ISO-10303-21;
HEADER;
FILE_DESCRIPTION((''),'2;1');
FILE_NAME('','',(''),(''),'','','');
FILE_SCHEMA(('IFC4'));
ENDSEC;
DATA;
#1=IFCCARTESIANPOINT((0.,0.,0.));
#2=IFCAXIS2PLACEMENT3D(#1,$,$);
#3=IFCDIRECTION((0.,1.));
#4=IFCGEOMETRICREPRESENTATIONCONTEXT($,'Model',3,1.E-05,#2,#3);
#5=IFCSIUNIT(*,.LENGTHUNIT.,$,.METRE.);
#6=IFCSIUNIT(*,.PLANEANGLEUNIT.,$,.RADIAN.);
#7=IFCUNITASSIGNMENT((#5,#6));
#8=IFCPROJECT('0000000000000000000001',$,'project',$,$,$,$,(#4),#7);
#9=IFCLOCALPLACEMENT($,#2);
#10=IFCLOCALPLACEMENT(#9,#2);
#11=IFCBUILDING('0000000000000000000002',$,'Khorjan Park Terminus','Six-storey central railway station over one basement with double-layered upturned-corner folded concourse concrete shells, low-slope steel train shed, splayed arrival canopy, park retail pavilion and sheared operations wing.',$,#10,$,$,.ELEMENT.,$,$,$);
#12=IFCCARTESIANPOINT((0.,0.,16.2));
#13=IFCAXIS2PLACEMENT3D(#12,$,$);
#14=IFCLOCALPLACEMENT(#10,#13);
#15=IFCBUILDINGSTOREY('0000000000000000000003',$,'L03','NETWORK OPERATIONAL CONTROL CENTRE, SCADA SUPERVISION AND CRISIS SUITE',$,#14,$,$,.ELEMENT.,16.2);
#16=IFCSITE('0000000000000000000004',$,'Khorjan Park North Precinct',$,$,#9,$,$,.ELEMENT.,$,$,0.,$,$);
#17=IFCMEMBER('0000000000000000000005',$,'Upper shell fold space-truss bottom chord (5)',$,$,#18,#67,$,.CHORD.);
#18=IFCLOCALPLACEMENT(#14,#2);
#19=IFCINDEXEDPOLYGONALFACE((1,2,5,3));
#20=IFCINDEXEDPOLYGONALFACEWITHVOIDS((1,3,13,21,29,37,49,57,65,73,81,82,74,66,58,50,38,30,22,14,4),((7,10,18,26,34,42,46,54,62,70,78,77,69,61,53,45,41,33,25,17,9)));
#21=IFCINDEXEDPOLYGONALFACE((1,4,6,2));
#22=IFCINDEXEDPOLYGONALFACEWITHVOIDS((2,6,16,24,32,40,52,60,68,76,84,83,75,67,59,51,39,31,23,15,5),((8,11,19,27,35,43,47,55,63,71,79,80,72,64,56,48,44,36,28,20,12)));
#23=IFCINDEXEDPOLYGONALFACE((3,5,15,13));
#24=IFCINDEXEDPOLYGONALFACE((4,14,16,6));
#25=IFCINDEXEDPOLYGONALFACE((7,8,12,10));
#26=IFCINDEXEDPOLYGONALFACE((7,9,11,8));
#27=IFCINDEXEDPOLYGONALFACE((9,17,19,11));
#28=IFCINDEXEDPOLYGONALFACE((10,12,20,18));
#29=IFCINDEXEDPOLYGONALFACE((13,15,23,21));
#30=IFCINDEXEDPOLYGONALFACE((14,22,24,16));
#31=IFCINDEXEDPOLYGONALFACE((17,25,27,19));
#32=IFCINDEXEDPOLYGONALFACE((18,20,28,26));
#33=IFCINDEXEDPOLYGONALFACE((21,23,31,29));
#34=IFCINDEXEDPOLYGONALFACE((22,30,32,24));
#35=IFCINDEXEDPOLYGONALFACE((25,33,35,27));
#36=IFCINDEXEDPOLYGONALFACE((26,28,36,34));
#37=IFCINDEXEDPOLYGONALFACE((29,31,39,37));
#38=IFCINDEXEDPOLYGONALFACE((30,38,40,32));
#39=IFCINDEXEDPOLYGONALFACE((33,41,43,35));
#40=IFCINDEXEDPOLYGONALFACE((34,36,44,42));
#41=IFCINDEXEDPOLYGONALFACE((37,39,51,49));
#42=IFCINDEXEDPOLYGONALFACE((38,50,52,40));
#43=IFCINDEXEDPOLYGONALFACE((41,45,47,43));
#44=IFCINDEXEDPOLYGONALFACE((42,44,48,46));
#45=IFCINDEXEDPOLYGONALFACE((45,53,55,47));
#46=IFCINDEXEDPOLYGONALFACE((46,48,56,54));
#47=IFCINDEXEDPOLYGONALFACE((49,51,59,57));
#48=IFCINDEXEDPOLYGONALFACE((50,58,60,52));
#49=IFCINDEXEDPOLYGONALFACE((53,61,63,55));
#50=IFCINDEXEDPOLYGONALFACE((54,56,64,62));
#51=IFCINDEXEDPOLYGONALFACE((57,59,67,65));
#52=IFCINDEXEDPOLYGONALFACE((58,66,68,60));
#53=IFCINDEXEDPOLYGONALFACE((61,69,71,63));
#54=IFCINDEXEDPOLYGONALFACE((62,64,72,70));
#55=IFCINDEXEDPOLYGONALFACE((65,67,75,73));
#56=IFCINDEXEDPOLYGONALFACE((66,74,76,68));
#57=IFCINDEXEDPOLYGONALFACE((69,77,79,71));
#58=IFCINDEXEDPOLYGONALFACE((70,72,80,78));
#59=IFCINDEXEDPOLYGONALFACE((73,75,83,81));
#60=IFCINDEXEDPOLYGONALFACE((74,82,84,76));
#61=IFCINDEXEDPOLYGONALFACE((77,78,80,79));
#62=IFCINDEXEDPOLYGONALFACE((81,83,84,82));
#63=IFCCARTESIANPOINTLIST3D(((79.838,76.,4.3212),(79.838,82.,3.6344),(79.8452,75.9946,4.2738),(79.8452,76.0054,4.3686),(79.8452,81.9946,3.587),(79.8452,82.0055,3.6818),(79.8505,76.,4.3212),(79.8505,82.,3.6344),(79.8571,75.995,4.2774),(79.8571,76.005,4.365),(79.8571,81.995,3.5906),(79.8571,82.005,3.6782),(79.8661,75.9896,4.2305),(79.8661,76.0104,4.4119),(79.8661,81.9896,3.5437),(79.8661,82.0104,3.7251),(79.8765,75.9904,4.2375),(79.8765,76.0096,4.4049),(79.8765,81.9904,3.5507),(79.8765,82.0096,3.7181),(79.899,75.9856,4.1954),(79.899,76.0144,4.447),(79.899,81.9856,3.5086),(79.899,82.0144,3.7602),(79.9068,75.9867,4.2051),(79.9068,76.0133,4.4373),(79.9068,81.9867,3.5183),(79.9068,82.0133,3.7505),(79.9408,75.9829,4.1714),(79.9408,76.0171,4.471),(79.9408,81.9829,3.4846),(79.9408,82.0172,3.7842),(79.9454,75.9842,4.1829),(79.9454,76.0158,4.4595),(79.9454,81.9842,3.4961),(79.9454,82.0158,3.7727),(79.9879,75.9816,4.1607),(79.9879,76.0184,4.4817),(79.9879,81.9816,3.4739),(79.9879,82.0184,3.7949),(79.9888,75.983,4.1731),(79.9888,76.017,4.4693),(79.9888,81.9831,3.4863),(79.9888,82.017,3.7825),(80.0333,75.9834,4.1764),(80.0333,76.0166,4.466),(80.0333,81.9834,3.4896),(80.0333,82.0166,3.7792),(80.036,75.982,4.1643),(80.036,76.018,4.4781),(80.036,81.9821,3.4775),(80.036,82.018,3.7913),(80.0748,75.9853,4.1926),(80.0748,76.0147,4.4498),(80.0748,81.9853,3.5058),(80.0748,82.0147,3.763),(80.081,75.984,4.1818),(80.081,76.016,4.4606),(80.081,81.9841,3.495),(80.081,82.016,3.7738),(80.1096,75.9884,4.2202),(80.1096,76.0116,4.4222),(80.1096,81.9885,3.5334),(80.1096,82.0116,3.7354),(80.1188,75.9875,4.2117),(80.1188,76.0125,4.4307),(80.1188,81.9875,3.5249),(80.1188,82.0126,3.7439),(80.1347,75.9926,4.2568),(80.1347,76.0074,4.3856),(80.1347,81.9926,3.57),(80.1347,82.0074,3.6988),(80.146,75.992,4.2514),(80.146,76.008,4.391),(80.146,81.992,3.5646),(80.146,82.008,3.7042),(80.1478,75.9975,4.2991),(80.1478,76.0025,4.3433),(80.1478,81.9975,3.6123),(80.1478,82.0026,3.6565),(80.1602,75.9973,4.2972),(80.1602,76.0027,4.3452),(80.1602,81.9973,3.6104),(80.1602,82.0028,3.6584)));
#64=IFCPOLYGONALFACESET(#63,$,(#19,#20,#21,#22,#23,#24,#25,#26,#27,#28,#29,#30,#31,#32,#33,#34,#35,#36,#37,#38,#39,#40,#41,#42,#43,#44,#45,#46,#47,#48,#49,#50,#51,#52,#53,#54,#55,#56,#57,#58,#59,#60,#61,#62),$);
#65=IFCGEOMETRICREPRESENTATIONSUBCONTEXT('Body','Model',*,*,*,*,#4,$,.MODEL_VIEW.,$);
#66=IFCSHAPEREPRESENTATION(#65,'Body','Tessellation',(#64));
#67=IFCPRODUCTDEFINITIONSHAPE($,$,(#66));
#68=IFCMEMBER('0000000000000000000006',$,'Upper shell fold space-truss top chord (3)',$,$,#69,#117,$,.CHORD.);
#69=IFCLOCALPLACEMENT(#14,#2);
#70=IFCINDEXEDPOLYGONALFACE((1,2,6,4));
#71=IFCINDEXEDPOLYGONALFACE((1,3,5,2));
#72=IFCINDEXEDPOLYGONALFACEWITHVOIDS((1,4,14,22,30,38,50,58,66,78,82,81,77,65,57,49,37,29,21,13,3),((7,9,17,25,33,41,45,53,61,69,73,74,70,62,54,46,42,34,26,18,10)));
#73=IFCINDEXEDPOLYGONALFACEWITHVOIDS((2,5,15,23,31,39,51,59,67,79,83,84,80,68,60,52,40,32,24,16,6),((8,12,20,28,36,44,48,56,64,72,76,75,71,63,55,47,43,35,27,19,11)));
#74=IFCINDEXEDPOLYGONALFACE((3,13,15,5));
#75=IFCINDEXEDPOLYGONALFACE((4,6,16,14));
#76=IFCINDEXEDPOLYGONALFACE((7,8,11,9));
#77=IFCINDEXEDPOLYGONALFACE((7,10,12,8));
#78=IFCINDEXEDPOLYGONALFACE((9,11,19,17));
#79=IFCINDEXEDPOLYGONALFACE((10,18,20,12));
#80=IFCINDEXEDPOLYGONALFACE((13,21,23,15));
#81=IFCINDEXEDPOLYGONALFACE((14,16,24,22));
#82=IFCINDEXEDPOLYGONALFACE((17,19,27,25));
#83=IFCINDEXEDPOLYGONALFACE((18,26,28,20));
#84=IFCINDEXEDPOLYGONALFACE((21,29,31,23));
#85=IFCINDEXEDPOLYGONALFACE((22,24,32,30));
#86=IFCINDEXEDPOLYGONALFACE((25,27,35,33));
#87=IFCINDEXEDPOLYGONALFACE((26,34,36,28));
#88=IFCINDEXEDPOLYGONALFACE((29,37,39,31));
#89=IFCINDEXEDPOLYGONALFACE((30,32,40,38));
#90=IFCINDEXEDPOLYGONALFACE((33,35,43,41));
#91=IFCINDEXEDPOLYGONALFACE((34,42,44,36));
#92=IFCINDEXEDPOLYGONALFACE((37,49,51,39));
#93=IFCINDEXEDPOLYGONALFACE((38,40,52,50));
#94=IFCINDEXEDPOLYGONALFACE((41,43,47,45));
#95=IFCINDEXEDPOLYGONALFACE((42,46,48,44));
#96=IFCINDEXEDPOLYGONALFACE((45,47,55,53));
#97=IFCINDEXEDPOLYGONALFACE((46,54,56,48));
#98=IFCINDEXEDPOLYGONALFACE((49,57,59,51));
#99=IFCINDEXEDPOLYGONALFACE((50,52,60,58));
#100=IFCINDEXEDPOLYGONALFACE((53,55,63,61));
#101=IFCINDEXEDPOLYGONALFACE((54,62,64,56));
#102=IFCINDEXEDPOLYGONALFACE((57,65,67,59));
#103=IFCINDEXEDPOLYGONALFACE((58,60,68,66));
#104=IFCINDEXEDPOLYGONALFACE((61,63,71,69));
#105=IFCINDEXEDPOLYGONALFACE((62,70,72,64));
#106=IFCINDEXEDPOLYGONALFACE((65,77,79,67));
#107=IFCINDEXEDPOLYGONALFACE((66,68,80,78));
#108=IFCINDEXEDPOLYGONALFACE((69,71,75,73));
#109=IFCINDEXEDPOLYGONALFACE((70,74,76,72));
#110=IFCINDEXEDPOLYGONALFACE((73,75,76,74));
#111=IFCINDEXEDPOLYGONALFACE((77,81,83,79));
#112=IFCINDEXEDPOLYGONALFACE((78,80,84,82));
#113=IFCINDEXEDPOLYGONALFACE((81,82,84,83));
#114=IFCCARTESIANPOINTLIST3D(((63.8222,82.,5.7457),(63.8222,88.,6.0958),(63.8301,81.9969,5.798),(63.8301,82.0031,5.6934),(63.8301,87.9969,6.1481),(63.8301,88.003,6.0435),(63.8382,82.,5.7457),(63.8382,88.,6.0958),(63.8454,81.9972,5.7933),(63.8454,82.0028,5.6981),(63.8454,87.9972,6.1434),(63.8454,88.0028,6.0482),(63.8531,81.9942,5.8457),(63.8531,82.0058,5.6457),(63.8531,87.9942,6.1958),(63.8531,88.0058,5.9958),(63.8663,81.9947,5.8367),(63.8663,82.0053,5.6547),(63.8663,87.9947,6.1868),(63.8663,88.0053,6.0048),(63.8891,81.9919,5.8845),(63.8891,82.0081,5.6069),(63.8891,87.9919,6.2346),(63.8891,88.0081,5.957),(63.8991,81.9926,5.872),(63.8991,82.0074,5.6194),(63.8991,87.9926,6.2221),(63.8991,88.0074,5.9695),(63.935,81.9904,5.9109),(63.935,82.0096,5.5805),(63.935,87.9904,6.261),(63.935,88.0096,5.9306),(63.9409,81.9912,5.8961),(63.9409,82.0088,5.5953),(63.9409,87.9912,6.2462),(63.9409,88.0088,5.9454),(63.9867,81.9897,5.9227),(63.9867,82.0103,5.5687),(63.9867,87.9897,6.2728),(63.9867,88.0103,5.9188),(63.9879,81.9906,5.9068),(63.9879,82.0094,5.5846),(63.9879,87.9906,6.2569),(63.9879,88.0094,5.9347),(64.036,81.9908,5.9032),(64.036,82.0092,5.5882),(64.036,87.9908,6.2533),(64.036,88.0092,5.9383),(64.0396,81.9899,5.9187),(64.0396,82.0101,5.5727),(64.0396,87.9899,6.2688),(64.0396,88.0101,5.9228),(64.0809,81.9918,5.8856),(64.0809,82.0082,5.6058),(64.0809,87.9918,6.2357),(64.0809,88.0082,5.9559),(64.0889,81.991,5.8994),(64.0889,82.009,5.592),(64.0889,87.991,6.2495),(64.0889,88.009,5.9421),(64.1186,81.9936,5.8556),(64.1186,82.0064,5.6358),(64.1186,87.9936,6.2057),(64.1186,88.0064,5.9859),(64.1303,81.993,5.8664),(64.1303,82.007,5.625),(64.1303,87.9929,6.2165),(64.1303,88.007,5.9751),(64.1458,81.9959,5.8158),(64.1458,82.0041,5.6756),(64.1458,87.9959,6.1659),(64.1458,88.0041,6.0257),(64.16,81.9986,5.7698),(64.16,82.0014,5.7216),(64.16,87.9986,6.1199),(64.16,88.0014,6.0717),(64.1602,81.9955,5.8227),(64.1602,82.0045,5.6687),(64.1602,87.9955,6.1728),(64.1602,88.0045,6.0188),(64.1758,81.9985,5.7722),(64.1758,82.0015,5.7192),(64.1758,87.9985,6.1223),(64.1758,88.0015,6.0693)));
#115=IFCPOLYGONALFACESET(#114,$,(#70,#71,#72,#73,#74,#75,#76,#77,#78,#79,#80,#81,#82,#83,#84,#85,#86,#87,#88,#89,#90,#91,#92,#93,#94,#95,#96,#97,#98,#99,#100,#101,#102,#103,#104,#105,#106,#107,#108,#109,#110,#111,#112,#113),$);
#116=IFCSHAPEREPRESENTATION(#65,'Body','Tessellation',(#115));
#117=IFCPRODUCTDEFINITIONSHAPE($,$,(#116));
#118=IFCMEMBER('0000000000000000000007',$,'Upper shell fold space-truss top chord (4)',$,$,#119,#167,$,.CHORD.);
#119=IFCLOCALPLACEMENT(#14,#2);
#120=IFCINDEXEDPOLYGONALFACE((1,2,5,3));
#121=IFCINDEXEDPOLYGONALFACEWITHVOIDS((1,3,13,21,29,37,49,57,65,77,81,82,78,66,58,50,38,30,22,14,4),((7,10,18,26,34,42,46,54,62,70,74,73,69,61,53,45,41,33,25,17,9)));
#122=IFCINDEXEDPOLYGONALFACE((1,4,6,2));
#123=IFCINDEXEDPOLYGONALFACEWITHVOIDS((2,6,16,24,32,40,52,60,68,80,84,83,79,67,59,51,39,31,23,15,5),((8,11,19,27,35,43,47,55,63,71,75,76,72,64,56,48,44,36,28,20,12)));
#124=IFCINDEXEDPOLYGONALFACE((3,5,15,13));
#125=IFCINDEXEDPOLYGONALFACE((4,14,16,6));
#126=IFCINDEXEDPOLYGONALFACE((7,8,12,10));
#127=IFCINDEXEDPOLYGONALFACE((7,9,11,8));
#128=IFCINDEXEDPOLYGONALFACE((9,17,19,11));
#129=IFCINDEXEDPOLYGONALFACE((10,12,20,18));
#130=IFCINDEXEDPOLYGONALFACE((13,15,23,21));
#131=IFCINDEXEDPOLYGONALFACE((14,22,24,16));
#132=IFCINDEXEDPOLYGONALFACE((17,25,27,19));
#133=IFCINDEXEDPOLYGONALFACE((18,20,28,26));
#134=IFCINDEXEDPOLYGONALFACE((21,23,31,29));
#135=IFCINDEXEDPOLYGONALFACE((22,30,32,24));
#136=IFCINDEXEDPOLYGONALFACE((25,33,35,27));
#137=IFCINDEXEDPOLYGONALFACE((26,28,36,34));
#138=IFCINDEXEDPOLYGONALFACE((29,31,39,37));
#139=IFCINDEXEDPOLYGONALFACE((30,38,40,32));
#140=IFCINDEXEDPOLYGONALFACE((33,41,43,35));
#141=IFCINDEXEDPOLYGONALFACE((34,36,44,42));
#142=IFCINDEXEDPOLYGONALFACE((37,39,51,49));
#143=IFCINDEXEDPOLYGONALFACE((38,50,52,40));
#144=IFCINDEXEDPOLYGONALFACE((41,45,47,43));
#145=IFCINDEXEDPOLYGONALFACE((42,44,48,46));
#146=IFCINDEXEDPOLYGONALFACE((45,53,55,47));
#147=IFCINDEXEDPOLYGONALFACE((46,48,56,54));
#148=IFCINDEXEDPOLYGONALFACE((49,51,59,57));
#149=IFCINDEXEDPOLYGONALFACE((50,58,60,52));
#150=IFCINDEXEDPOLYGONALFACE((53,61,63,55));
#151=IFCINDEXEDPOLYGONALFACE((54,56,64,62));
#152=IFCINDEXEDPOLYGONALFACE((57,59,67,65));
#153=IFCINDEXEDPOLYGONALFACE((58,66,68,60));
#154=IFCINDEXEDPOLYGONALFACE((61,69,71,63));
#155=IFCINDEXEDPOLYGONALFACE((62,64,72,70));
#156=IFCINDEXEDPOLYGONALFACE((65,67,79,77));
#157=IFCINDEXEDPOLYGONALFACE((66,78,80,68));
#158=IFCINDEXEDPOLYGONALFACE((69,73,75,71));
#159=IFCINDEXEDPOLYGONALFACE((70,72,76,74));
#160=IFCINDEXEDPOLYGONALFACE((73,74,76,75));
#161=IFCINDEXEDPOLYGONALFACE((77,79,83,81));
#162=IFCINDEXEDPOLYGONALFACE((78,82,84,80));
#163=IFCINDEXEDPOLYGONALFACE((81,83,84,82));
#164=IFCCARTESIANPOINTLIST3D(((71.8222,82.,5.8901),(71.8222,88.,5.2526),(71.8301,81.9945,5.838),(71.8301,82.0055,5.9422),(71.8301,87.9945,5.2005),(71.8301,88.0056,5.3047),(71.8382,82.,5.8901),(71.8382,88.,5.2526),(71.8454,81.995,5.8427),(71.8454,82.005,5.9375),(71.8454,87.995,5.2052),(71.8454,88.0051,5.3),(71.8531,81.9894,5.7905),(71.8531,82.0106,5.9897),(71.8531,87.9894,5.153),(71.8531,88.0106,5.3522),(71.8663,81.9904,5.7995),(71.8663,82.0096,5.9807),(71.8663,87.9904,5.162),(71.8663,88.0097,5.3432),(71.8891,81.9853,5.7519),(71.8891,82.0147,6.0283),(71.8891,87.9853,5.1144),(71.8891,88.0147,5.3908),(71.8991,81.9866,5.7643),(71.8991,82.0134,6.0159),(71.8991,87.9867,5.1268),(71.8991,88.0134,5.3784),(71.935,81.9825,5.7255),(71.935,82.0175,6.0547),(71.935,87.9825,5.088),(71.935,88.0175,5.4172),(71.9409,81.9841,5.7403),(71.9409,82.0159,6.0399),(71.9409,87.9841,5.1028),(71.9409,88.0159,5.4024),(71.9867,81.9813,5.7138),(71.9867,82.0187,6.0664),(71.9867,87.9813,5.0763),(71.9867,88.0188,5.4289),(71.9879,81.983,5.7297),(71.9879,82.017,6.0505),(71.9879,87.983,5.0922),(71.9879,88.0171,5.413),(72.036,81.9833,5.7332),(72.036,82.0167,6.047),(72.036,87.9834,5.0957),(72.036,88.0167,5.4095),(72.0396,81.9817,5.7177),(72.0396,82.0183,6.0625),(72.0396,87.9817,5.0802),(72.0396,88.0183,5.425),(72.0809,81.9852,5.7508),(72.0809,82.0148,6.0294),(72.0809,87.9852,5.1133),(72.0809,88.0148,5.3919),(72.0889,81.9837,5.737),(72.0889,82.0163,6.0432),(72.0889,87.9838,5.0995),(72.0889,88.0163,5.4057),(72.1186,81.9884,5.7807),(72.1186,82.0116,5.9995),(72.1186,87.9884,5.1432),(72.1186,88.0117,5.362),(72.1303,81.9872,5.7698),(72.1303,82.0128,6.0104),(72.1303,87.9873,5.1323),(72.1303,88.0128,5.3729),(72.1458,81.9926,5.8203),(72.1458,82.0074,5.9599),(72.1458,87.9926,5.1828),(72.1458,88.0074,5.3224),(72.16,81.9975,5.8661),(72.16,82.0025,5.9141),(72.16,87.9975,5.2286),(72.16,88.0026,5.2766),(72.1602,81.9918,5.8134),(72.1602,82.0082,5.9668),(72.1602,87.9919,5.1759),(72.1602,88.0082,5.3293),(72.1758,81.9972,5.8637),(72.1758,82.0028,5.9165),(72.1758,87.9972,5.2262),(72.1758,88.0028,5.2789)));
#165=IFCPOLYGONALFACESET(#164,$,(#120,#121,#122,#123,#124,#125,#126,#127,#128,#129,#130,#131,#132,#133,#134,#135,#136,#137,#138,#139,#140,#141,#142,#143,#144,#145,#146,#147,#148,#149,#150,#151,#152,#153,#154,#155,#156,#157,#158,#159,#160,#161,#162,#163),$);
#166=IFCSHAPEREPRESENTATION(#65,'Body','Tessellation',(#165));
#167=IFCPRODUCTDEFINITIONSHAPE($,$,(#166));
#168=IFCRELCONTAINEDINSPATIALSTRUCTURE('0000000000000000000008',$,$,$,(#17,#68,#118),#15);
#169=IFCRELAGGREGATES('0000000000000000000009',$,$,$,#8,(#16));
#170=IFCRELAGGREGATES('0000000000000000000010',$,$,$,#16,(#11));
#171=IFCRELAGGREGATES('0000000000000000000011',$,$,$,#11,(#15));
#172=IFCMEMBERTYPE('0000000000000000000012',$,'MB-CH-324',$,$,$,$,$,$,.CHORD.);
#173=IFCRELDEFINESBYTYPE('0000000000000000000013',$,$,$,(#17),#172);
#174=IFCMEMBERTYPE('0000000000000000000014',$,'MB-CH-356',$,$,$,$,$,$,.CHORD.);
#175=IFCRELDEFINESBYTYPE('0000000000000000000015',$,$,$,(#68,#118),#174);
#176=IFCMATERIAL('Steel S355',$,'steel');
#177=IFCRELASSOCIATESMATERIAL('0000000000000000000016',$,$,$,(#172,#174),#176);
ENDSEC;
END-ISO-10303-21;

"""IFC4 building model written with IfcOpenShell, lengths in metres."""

from ifc_helpers import new_model, si_unit, direction, frame, origin, origin_2d, place, context, subcontext, project, spatial, hollow_circle, extrude, material, material_profile, profile_set, type_object, element, save


model = new_model("IFC4")

# Units and contexts
model_context = context("Model", 3, precision=1e-05, world=origin(), true_north=direction((0.0, 1.0)))
body_context = subcontext(model_context, "Body", "Model", "MODEL_VIEW")
ifc_project = project(units=[si_unit("LENGTHUNIT", "METRE"), si_unit("PLANEANGLEUNIT", "RADIAN")], contexts=[model_context])

# Site, building, storey
site_placement = place(None, origin())
site = spatial("IfcSite", under=ifc_project, at=site_placement, Name="Khorjan Park North Precinct", CompositionType="ELEMENT", RefElevation=0.0)
building_placement = place(site_placement, origin())
building = spatial("IfcBuilding", under=site, at=building_placement, Name="Khorjan Park Terminus", Description="Six-storey central railway station over one basement with double-layered upturned-corner folded concourse concrete shells, low-slope steel train shed, splayed arrival canopy, park retail pavilion and sheared operations wing.", CompositionType="ELEMENT")
storey_placement = place(building_placement, frame((0.0, 0.0, 16.2)))
storey = spatial("IfcBuildingStorey", under=building, at=storey_placement, Name="L03", Description="NETWORK OPERATIONAL CONTROL CENTRE, SCADA SUPERVISION AND CRISIS SUITE", CompositionType="ELEMENT", Elevation=16.2)

# Members
ifc_material_1 = material(Name="Steel S355", Category="steel")
ifc_material_profile_1 = material_profile(ifc_material_1, hollow_circle(Radius=0.162, WallThickness=0.0125, at=origin_2d()), Name="CHS 323.9x12.5")
ifc_profile_set_1 = profile_set([ifc_material_profile_1], Name="Steel S355")
member_type_1 = type_object("IfcMemberType", Name="MB-CH-324", PredefinedType="CHORD", material=ifc_profile_set_1)
member_1_placement = place(storey_placement, frame((80.0, 76.0, 4.3212), z_axis=(0.0, 0.993512, -0.113724), x_axis=(-1.0, 0.0, 0.0)))
element("IfcMember", 1, at=member_1_placement, inside=storey, type_object=member_type_1, Name="Upper shell fold space-truss bottom chord (5)", PredefinedType="CHORD", context=body_context, shape_type="SweptSolid", body=[
    extrude(hollow_circle(Radius=0.162, WallThickness=0.0125, at=origin_2d()), origin(), (0.0, 0.0, 1.0), 6.0392),
])
ifc_material_profile_2 = material_profile(ifc_material_1, hollow_circle(Radius=0.1778, WallThickness=0.016, at=origin_2d()), Name="CHS 355.6x16")
ifc_profile_set_2 = profile_set([ifc_material_profile_2], Name="Steel S355")
member_type_2 = type_object("IfcMemberType", Name="MB-CH-356", PredefinedType="CHORD", material=ifc_profile_set_2)
member_2_placement = place(storey_placement, frame((64.0, 82.0, 5.7457), z_axis=(0.0, 0.998302, 0.058251), x_axis=(-1.0, 0.0, 0.0)))
element("IfcMember", 2, at=member_2_placement, inside=storey, type_object=member_type_2, Name="Upper shell fold space-truss top chord (3)", PredefinedType="CHORD", context=body_context, shape_type="SweptSolid", body=[
    extrude(hollow_circle(Radius=0.1778, WallThickness=0.016, at=origin_2d()), origin(), (0.0, 0.0, 1.0), 6.0102),
])
member_3_placement = place(storey_placement, frame((72.0, 82.0, 5.8901), z_axis=(0.0, 0.994403, -0.105655), x_axis=(-1.0, 0.0, 0.0)))
element("IfcMember", 3, at=member_3_placement, inside=storey, type_object=member_type_2, Name="Upper shell fold space-truss top chord (4)", PredefinedType="CHORD", context=body_context, shape_type="SweptSolid", body=[
    extrude(hollow_circle(Radius=0.1778, WallThickness=0.016, at=origin_2d()), origin(), (0.0, 0.0, 1.0), 6.0338),
])

save(model, "model.ifc")
